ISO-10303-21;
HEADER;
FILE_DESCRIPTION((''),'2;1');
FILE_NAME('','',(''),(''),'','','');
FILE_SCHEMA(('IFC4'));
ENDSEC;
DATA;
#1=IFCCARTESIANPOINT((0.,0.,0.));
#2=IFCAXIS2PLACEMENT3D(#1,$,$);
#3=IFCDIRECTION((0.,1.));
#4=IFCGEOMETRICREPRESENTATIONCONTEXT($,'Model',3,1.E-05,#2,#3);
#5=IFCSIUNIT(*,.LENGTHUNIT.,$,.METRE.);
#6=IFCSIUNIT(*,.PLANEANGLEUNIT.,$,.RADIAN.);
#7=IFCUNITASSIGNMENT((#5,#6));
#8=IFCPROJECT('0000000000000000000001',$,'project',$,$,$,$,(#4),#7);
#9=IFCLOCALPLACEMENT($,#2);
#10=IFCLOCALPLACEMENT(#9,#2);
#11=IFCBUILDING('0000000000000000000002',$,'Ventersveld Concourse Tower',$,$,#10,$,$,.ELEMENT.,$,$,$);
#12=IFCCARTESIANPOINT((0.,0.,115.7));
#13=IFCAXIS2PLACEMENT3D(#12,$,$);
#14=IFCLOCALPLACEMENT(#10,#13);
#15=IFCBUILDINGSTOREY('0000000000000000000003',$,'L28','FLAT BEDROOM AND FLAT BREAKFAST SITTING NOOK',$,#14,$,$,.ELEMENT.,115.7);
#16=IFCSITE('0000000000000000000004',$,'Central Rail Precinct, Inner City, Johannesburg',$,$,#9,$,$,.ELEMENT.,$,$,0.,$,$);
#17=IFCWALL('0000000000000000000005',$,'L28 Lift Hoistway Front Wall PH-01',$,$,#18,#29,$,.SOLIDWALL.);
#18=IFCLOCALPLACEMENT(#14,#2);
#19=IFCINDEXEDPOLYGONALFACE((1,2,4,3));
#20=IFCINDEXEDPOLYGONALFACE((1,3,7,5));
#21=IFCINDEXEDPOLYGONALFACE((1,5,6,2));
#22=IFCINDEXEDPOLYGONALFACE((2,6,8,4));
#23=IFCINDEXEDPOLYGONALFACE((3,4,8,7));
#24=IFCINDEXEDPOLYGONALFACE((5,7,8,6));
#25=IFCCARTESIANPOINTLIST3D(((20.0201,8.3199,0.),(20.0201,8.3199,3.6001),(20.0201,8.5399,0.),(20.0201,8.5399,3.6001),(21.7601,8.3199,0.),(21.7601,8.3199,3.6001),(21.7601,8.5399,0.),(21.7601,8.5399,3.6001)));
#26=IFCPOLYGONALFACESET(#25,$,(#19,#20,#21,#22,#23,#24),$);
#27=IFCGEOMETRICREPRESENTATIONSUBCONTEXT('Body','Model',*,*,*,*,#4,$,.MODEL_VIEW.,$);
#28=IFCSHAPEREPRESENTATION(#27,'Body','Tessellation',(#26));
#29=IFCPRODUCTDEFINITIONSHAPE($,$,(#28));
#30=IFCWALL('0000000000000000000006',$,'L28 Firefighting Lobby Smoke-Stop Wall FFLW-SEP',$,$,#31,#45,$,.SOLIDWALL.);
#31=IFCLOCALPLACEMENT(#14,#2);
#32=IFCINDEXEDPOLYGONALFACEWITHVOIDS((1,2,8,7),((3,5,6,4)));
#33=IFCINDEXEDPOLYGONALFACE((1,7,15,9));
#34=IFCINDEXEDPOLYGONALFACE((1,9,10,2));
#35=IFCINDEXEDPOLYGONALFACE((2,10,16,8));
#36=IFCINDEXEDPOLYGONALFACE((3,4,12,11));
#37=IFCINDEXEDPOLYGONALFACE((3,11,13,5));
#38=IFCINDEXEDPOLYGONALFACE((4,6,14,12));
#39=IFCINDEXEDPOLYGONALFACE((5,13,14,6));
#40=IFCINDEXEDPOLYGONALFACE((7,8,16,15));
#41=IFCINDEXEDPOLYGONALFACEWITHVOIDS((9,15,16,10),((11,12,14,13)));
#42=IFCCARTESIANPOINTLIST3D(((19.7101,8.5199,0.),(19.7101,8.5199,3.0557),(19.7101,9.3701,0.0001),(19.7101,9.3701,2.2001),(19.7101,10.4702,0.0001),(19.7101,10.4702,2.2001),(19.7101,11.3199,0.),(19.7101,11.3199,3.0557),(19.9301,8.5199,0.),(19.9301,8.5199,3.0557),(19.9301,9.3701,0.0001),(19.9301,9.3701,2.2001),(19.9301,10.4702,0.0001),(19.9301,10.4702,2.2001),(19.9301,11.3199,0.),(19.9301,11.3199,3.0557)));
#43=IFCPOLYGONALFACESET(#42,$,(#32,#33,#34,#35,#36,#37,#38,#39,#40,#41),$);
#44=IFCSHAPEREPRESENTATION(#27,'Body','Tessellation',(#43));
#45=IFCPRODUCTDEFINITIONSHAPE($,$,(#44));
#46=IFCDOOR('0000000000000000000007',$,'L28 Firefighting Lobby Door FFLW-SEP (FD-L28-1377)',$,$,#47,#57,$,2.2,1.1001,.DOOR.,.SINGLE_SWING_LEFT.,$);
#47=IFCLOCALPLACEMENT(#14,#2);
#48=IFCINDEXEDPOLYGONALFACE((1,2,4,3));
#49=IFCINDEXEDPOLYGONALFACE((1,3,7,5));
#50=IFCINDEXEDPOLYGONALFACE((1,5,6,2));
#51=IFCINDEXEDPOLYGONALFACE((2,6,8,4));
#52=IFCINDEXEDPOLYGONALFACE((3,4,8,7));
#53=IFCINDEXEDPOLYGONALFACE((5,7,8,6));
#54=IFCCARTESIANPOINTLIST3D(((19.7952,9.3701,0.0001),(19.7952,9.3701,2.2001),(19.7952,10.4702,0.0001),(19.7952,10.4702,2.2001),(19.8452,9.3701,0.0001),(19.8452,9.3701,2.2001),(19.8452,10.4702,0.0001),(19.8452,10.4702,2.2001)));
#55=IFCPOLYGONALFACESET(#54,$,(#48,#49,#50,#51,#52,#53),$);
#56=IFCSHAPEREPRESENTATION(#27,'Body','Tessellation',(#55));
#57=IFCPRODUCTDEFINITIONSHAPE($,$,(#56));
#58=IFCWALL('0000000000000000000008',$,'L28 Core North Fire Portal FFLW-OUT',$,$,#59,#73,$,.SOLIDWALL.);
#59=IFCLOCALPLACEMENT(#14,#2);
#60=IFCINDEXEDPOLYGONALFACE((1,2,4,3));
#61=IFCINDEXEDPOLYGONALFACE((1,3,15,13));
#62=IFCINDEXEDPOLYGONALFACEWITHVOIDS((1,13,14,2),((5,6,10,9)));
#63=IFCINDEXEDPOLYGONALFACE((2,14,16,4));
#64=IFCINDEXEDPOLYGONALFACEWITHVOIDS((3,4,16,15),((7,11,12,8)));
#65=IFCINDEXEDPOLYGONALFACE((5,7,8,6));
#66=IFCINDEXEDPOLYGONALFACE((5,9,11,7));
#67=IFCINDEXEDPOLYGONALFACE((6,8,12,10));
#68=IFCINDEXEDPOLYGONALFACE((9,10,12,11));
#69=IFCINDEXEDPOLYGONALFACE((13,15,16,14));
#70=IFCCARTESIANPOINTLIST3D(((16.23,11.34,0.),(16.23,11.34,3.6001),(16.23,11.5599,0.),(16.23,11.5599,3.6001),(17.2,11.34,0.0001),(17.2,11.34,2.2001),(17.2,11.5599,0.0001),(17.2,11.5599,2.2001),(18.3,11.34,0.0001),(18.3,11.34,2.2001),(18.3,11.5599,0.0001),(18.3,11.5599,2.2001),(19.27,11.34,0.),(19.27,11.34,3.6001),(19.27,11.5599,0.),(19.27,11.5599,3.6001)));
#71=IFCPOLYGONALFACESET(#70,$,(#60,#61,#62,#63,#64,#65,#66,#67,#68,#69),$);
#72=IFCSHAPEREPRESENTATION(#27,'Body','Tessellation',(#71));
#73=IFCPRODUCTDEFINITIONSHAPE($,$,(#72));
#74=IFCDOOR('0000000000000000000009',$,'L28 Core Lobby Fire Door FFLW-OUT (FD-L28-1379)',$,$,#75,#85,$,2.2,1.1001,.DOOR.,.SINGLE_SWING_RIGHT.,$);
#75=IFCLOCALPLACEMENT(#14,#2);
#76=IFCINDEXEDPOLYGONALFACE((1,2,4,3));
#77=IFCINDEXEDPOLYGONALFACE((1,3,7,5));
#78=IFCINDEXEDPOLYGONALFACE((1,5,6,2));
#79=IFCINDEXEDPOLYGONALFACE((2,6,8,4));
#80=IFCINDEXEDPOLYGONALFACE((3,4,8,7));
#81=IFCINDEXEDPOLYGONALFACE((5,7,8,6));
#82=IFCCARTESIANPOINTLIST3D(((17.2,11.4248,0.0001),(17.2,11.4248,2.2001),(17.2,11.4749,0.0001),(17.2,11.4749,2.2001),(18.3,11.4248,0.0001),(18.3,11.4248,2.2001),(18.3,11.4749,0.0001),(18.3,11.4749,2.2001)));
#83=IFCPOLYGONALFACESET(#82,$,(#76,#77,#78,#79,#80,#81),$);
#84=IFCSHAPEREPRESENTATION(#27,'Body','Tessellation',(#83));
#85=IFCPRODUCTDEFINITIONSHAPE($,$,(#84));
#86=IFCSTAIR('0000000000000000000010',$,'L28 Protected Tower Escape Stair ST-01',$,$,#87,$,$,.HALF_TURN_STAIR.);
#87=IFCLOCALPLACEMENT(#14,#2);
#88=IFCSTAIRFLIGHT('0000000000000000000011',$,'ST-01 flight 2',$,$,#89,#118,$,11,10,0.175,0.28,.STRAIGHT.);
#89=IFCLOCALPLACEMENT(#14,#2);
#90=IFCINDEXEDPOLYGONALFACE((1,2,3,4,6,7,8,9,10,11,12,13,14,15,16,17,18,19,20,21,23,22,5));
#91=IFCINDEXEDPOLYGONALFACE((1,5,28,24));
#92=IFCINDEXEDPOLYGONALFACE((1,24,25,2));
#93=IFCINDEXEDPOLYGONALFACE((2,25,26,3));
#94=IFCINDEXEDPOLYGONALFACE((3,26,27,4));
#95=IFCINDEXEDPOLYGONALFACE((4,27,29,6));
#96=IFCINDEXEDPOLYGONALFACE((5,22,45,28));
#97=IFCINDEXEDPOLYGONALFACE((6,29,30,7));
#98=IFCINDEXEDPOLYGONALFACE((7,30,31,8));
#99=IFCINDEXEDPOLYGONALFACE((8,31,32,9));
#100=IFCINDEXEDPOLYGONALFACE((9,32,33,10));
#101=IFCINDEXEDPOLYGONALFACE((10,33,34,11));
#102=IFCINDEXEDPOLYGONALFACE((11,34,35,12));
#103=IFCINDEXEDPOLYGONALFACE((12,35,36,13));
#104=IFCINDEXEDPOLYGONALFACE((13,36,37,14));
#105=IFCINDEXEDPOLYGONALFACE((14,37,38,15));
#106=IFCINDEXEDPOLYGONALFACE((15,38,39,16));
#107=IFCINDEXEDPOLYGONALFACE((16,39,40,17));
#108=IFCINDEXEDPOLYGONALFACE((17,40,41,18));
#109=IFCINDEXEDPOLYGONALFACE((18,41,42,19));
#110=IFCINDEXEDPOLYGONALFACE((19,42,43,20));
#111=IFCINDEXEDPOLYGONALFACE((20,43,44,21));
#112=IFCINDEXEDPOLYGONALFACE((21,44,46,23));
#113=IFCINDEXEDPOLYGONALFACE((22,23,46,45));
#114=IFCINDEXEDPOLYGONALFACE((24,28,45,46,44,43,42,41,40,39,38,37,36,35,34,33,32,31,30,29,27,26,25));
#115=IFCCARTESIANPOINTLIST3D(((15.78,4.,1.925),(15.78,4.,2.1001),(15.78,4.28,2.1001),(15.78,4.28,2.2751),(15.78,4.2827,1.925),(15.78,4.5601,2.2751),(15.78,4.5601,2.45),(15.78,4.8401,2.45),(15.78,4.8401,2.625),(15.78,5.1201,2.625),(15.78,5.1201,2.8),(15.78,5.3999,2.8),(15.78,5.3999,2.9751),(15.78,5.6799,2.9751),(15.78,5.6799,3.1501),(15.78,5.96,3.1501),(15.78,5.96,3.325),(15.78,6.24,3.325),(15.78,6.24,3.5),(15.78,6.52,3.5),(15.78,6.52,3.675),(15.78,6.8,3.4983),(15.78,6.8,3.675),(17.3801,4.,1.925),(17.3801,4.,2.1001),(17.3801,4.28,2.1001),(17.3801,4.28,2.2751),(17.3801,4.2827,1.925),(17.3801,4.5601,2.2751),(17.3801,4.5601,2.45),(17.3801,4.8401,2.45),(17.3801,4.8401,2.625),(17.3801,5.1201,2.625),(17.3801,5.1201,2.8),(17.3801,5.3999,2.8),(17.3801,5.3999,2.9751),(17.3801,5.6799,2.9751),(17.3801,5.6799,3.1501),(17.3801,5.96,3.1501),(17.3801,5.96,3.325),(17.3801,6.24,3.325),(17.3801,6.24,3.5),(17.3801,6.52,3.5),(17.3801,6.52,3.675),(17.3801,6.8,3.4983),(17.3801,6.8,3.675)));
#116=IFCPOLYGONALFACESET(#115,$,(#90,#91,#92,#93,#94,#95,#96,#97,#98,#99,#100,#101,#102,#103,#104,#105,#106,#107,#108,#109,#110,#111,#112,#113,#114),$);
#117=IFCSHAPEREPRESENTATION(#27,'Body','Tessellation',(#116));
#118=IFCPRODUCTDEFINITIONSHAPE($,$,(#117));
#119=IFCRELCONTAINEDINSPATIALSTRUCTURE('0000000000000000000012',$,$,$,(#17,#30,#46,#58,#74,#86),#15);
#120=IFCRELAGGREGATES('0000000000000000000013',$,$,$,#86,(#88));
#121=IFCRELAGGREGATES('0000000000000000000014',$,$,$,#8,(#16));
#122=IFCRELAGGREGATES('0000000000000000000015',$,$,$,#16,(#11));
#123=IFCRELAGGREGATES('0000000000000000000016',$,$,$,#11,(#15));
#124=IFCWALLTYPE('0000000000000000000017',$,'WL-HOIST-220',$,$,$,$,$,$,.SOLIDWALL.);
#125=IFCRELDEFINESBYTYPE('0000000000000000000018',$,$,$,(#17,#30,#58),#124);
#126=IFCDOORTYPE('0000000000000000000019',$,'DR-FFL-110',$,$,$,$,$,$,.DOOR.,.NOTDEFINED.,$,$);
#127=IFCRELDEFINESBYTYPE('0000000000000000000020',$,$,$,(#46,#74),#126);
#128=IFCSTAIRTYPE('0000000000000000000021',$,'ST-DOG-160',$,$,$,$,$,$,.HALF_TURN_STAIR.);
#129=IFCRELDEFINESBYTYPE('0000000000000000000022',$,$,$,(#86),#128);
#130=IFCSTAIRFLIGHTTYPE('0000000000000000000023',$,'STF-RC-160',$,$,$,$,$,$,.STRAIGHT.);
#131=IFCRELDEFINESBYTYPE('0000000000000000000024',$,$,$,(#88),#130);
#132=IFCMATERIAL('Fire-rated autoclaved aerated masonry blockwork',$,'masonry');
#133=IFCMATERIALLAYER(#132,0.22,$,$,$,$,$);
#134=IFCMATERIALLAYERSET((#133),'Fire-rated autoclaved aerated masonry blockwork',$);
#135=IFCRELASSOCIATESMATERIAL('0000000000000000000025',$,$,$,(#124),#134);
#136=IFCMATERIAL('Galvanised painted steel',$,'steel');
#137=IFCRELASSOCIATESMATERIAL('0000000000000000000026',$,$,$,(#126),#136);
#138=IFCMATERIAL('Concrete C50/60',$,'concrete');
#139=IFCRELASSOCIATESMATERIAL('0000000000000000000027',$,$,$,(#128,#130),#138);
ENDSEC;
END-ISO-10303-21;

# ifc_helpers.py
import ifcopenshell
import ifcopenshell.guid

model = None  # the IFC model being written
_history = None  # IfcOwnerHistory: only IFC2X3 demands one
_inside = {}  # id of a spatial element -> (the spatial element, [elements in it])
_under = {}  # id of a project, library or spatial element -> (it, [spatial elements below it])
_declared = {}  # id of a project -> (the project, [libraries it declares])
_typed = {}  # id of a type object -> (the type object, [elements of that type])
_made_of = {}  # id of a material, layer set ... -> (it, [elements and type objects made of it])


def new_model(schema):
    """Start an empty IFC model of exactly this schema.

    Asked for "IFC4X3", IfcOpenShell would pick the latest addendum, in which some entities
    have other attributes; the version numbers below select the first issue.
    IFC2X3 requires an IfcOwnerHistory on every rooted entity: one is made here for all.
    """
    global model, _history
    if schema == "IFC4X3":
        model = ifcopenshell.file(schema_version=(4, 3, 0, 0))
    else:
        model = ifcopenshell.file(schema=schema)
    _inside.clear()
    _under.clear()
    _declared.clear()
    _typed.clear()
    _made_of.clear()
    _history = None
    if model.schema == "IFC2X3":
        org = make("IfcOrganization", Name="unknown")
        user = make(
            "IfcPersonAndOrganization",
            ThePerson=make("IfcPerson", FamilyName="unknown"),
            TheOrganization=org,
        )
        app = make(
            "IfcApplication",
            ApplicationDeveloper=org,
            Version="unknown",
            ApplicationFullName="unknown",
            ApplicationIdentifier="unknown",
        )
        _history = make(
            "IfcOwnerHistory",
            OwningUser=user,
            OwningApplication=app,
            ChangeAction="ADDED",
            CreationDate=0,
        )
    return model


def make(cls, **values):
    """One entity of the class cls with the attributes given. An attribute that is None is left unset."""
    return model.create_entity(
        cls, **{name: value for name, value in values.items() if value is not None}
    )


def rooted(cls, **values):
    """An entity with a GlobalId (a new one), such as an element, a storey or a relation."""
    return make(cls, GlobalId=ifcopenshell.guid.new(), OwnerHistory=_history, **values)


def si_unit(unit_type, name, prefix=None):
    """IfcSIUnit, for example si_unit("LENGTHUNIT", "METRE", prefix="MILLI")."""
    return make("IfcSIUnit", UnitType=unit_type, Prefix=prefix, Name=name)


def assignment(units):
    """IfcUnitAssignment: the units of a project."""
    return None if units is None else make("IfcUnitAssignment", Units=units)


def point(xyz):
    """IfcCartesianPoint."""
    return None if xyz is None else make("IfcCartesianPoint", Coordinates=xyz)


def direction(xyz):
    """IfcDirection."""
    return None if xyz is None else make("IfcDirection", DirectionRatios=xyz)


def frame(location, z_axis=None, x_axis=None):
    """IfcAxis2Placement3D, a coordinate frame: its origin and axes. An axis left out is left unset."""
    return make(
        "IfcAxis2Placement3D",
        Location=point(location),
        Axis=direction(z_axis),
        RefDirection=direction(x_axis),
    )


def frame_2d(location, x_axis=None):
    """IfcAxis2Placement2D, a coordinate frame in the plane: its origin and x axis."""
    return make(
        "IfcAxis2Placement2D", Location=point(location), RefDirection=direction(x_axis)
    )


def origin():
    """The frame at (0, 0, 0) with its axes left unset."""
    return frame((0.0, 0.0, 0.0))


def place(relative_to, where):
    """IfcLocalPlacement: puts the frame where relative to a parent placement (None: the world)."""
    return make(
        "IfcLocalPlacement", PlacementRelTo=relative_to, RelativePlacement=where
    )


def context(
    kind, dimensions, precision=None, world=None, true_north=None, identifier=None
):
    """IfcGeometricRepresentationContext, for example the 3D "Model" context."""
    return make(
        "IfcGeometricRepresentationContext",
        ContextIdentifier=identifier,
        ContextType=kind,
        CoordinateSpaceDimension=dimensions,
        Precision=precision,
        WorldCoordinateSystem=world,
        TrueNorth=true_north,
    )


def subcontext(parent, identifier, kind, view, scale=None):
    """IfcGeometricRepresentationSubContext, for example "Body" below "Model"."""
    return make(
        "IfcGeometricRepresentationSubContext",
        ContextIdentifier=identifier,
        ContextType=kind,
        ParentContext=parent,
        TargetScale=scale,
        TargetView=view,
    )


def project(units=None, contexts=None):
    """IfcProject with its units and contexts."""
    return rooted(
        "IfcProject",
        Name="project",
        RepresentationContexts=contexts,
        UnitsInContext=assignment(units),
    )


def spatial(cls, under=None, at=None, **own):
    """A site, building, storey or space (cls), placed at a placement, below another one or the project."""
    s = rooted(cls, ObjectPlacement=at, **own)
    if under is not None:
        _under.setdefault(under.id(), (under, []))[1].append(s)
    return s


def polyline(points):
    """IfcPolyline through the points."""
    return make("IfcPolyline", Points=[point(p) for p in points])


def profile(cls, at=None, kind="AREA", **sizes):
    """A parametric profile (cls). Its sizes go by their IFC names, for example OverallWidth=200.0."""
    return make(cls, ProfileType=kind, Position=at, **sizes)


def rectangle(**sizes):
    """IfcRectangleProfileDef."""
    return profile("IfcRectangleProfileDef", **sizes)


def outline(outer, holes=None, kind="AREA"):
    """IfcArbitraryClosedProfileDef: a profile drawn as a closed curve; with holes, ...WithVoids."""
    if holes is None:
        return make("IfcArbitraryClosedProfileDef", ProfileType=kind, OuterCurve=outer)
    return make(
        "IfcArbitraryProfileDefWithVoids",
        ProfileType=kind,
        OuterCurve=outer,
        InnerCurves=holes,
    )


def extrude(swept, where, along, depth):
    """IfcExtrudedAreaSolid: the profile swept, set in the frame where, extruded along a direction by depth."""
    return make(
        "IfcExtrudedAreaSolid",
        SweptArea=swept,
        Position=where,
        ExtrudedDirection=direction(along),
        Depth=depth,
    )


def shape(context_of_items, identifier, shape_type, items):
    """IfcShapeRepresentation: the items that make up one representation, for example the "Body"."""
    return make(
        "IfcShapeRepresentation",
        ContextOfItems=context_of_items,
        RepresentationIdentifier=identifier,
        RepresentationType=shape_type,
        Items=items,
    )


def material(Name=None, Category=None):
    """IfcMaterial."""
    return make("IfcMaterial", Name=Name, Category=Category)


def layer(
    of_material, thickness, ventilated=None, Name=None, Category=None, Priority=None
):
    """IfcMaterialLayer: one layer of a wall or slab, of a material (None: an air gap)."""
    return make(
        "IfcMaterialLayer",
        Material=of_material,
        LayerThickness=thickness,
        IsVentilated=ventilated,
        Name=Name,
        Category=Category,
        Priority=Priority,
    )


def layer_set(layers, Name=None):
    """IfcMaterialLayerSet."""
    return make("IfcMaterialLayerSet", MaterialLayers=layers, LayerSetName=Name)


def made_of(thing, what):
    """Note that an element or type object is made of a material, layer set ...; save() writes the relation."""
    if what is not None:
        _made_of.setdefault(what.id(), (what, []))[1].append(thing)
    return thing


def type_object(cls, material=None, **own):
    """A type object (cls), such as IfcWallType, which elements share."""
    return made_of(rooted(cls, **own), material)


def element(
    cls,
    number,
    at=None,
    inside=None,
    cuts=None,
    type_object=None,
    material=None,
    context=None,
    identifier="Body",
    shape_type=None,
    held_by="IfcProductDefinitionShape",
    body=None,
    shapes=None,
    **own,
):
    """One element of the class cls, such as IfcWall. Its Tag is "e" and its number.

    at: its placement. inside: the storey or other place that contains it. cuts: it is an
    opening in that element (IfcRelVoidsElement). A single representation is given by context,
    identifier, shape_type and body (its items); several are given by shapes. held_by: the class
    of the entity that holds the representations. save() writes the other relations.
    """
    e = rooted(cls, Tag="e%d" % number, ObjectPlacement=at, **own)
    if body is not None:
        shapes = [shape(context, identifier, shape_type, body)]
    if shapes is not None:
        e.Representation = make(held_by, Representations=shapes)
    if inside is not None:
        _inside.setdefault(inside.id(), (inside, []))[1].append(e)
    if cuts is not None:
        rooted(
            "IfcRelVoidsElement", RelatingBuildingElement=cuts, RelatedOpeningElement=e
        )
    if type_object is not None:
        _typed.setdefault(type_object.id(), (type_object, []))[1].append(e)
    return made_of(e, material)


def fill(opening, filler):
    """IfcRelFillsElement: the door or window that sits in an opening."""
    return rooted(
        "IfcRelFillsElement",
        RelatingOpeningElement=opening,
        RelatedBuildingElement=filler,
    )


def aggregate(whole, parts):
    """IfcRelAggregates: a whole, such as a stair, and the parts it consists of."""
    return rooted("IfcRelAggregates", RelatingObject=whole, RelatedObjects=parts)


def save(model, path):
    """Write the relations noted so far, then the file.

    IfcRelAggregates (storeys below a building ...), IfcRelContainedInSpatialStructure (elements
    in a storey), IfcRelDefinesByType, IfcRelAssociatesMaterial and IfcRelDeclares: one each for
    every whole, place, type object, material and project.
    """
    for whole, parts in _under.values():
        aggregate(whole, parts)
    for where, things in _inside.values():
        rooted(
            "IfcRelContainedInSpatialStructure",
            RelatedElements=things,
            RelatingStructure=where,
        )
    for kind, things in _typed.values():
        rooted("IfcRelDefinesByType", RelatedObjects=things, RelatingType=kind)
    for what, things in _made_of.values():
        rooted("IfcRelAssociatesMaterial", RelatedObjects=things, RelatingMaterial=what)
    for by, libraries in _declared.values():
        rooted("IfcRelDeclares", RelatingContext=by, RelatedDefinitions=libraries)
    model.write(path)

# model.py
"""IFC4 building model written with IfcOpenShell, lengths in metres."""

from ifc_helpers import new_model, si_unit, direction, frame, frame_2d, origin, place, context, subcontext, project, spatial, polyline, rectangle, outline, extrude, material, layer, layer_set, type_object, element, fill, aggregate, save


model = new_model("IFC4")

# Units and contexts
model_context = context("Model", 3, precision=1e-05, world=origin(), true_north=direction((0.0, 1.0)))
body_context = subcontext(model_context, "Body", "Model", "MODEL_VIEW")
ifc_project = project(units=[si_unit("LENGTHUNIT", "METRE"), si_unit("PLANEANGLEUNIT", "RADIAN")], contexts=[model_context])

# Site, building, storey
site_placement = place(None, origin())
site = spatial("IfcSite", under=ifc_project, at=site_placement, Name="Central Rail Precinct, Inner City, Johannesburg", CompositionType="ELEMENT", RefElevation=0.0)
building_placement = place(site_placement, origin())
building = spatial("IfcBuilding", under=site, at=building_placement, Name="Ventersveld Concourse Tower", CompositionType="ELEMENT")
storey_placement = place(building_placement, frame((0.0, 0.0, 115.7)))
storey = spatial("IfcBuildingStorey", under=building, at=storey_placement, Name="L28", Description="FLAT BEDROOM AND FLAT BREAKFAST SITTING NOOK", CompositionType="ELEMENT", Elevation=115.7)

# Shared definitions
ifc_material_1 = material(Name="Concrete C50/60", Category="concrete")

# Shared definitions
ifc_material_2 = material(Name="Fire-rated autoclaved aerated masonry blockwork", Category="masonry")
ifc_layer_1 = layer(ifc_material_2, 0.22)
ifc_layer_set_1 = layer_set([ifc_layer_1], Name="Fire-rated autoclaved aerated masonry blockwork")
wall_type_1 = type_object("IfcWallType", Name="WL-HOIST-220", PredefinedType="SOLIDWALL", material=ifc_layer_set_1)

# Wall
wall_1_placement = place(storey_placement, frame((20.02, 8.4299, 0.0), z_axis=(0.0, 0.0, 1.0), x_axis=(1.0, 0.0, 0.0)))
element("IfcWall", 1, at=wall_1_placement, inside=storey, type_object=wall_type_1, Name="L28 Lift Hoistway Front Wall PH-01", PredefinedType="SOLIDWALL", context=body_context, shape_type="SweptSolid", body=[
    extrude(rectangle(XDim=1.74, YDim=0.22, at=frame_2d((0.8701, 0.0))), origin(), (0.0, 0.0, 1.0), 3.6001),
])

# Walls, openings, doors
wall_2_placement = place(storey_placement, frame((19.8201, 8.52, 0.0), z_axis=(0.0, 0.0, 1.0), x_axis=(0.0, 1.0, 0.0)))
wall_2 = element("IfcWall", 2, at=wall_2_placement, inside=storey, type_object=wall_type_1, Name="L28 Firefighting Lobby Smoke-Stop Wall FFLW-SEP", PredefinedType="SOLIDWALL", context=body_context, shape_type="SweptSolid", body=[
    extrude(rectangle(XDim=2.8, YDim=0.22, at=frame_2d((1.3999, 0.0))), origin(), (0.0, 0.0, 1.0), 3.0557),
])
opening_1_placement = place(wall_2_placement, frame((0.8501, 0.0, 0.0)))
opening_1 = element("IfcOpeningElement", 3, at=opening_1_placement, cuts=wall_2, PredefinedType="OPENING", context=body_context, shape_type="SweptSolid", body=[
    extrude(rectangle(XDim=1.1001, YDim=2.2, at=frame_2d((0.55, 1.1001))), frame((0.0, 0.1201, 0.0), z_axis=(0.0, -1.0, 0.0), x_axis=(1.0, 0.0, 0.0)), (0.0, 0.0, 1.0), 0.24),
])
ifc_material_3 = material(Name="Galvanised painted steel", Category="steel")
door_type_1 = type_object("IfcDoorType", Name="DR-FFL-110", OperationType="NOTDEFINED", PredefinedType="DOOR", material=ifc_material_3)
door_1_placement = place(opening_1_placement, origin())
door_1 = element("IfcDoor", 4, at=door_1_placement, inside=storey, type_object=door_type_1, Name="L28 Firefighting Lobby Door FFLW-SEP (FD-L28-1377)", OperationType="SINGLE_SWING_LEFT", OverallHeight=2.2, OverallWidth=1.1001, PredefinedType="DOOR", context=body_context, shape_type="SweptSolid", body=[
    extrude(rectangle(XDim=1.1001, YDim=2.2, at=frame_2d((0.55, 1.1001))), frame((0.0, 0.0249, 0.0), z_axis=(0.0, -1.0, 0.0), x_axis=(1.0, 0.0, 0.0)), (0.0, 0.0, 1.0), 0.05),
])
fill(opening_1, door_1)
wall_3_placement = place(storey_placement, frame((16.23, 11.45, 0.0), z_axis=(0.0, 0.0, 1.0), x_axis=(1.0, 0.0, 0.0)))
wall_3 = element("IfcWall", 5, at=wall_3_placement, inside=storey, type_object=wall_type_1, Name="L28 Core North Fire Portal FFLW-OUT", PredefinedType="SOLIDWALL", context=body_context, shape_type="SweptSolid", body=[
    extrude(rectangle(XDim=3.04, YDim=0.22, at=frame_2d((1.52, 0.0))), origin(), (0.0, 0.0, 1.0), 3.6001),
])
opening_2_placement = place(wall_3_placement, frame((0.97, 0.0, 0.0)))
opening_2 = element("IfcOpeningElement", 6, at=opening_2_placement, cuts=wall_3, PredefinedType="OPENING", context=body_context, shape_type="SweptSolid", body=[
    extrude(rectangle(XDim=1.1001, YDim=2.2, at=frame_2d((0.55, 1.1001))), frame((0.0, 0.1201, 0.0), z_axis=(0.0, -1.0, 0.0), x_axis=(1.0, 0.0, 0.0)), (0.0, 0.0, 1.0), 0.24),
])
door_2_placement = place(opening_2_placement, origin())
door_2 = element("IfcDoor", 7, at=door_2_placement, inside=storey, type_object=door_type_1, Name="L28 Core Lobby Fire Door FFLW-OUT (FD-L28-1379)", OperationType="SINGLE_SWING_RIGHT", OverallHeight=2.2, OverallWidth=1.1001, PredefinedType="DOOR", context=body_context, shape_type="SweptSolid", body=[
    extrude(rectangle(XDim=1.1001, YDim=2.2, at=frame_2d((0.55, 1.1001))), frame((0.0, 0.0249, 0.0), z_axis=(0.0, -1.0, 0.0), x_axis=(1.0, 0.0, 0.0)), (0.0, 0.0, 1.0), 0.05),
])
fill(opening_2, door_2)

# Stair, stair flight
stair_type = type_object("IfcStairType", Name="ST-DOG-160", PredefinedType="HALF_TURN_STAIR", material=ifc_material_1)
stair_placement = place(storey_placement, origin())
stair = element("IfcStair", 8, at=stair_placement, inside=storey, type_object=stair_type, Name="L28 Protected Tower Escape Stair ST-01", PredefinedType="HALF_TURN_STAIR")
stair_flight_type = type_object("IfcStairFlightType", Name="STF-RC-160", PredefinedType="STRAIGHT", material=ifc_material_1)
stair_flight_placement = place(storey_placement, frame((16.5801, 4.0, 1.925), z_axis=(0.0, 0.0, 1.0), x_axis=(0.0, 1.0, 0.0)))
stair_flight = element("IfcStairFlight", 9, at=stair_flight_placement, type_object=stair_flight_type, Name="ST-01 flight 2", NumberOfRisers=11, NumberOfTreads=10, PredefinedType="STRAIGHT", RiserHeight=0.175, TreadLength=0.28, context=body_context, shape_type="SweptSolid", body=[
    extrude(outline(polyline([(0.0, 0.0), (0.0, 0.175), (0.28, 0.175), (0.28, 0.3501), (0.5601, 0.3501), (0.5601, 0.5249), (0.8401, 0.5249), (0.8401, 0.7), (1.1201, 0.7), (1.1201, 0.875), (1.3999, 0.875), (1.3999, 1.05), (1.6799, 1.05), (1.6799, 1.2251), (1.96, 1.2251), (1.96, 1.3999), (2.24, 1.3999), (2.24, 1.575), (2.52, 1.575), (2.52, 1.75), (2.8, 1.75), (2.8, 1.925), (2.8, 1.5732), (0.2827, 0.0), (0.0, 0.0)])), frame((0.0, 0.8, 0.0), z_axis=(0.0, -1.0, 0.0), x_axis=(1.0, 0.0, 0.0)), (0.0, 0.0, 1.0), 1.6001),
])
aggregate(stair, [stair_flight])

save(model, "model.ifc")
